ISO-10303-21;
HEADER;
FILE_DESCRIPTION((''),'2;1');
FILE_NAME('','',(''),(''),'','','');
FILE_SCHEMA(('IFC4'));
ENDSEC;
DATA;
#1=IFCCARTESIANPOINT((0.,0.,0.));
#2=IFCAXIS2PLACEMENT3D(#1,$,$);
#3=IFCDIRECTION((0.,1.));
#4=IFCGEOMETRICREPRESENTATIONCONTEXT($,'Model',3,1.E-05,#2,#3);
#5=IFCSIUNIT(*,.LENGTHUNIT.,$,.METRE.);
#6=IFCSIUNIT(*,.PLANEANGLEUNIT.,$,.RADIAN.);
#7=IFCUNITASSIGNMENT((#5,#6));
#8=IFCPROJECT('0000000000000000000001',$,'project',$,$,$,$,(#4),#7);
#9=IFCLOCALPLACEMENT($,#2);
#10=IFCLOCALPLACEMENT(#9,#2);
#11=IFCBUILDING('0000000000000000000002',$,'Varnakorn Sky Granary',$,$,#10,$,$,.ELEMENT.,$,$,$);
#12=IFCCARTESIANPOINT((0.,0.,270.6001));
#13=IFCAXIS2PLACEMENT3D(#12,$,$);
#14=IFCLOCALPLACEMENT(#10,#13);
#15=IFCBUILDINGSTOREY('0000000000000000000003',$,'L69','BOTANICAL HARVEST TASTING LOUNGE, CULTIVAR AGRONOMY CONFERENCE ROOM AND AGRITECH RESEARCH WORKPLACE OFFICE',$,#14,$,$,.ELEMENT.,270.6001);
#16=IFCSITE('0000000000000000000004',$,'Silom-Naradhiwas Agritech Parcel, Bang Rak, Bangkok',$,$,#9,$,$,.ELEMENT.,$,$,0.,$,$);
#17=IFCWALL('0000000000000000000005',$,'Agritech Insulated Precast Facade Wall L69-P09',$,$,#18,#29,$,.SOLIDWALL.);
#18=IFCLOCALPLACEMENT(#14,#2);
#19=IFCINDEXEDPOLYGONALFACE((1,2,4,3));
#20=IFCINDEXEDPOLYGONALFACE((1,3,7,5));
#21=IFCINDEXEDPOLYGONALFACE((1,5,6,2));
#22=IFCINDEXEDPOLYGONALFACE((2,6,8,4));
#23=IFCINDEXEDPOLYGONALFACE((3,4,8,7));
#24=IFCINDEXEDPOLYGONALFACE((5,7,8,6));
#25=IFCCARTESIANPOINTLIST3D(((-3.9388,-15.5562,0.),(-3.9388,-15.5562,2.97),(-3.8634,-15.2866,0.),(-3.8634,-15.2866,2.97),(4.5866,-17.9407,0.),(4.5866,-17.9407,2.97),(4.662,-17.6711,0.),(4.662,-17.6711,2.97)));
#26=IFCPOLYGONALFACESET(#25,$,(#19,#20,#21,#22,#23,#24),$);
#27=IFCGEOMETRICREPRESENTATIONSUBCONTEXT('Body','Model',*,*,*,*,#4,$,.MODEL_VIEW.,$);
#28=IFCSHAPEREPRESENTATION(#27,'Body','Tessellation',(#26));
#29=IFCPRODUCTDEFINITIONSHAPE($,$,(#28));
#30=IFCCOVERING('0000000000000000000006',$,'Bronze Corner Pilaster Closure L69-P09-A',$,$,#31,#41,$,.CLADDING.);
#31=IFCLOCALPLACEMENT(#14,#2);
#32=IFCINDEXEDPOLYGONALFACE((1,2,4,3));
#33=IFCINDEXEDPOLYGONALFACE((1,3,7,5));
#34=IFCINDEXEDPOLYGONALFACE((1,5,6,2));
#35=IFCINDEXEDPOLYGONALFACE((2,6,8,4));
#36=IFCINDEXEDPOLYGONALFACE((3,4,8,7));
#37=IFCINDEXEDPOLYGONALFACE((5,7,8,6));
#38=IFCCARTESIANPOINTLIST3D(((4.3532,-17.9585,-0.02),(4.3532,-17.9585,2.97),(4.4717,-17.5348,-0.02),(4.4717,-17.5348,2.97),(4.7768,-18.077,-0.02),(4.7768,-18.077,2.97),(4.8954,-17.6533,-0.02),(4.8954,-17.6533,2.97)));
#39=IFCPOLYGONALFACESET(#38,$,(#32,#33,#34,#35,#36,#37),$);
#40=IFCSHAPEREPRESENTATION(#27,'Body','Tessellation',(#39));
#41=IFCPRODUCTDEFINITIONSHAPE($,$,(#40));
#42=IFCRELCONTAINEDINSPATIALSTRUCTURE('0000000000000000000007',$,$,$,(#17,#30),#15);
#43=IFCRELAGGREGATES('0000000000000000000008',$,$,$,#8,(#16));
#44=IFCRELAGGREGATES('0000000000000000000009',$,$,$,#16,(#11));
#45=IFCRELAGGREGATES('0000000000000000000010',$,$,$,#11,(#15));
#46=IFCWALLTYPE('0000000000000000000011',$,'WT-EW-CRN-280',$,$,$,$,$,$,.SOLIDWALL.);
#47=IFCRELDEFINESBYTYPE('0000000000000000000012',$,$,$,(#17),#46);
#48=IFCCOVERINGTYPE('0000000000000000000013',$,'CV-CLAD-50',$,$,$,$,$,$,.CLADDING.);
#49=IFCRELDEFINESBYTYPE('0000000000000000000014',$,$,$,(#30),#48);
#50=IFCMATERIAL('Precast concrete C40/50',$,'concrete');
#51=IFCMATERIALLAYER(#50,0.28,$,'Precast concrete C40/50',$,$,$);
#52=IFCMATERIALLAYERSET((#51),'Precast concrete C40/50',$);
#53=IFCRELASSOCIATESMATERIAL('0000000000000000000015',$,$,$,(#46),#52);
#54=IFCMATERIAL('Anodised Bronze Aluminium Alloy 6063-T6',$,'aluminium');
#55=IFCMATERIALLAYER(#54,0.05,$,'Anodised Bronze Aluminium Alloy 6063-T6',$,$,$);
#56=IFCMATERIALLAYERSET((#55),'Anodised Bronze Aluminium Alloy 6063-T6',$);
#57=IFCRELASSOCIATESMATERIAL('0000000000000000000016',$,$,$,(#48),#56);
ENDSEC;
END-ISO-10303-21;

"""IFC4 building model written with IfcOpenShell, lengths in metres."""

from ifc_helpers import new_model, si_unit, direction, frame, frame_2d, origin, origin_2d, place, context, subcontext, project, spatial, rectangle, extrude, source, transform, mapped, material, layer, layer_set, type_object, type_shapes, element, save


model = new_model("IFC4")

# Units and contexts
model_context = context("Model", 3, precision=1e-05, world=origin(), true_north=direction((0.0, 1.0)))
body_context = subcontext(model_context, "Body", "Model", "MODEL_VIEW")
ifc_project = project(units=[si_unit("LENGTHUNIT", "METRE"), si_unit("PLANEANGLEUNIT", "RADIAN")], contexts=[model_context])

# Site, building, storey
site_placement = place(None, origin())
site = spatial("IfcSite", under=ifc_project, at=site_placement, Name="Silom-Naradhiwas Agritech Parcel, Bang Rak, Bangkok", CompositionType="ELEMENT", RefElevation=0.0)
building_placement = place(site_placement, origin())
building = spatial("IfcBuilding", under=site, at=building_placement, Name="Varnakorn Sky Granary", CompositionType="ELEMENT")
storey_placement = place(building_placement, frame((0.0, 0.0, 270.6001)))
storey = spatial("IfcBuildingStorey", under=building, at=storey_placement, Name="L69", Description="BOTANICAL HARVEST TASTING LOUNGE, CULTIVAR AGRONOMY CONFERENCE ROOM AND AGRITECH RESEARCH WORKPLACE OFFICE", CompositionType="ELEMENT", Elevation=270.6001)

# Shared definitions
ifc_material_1 = material(Name="Anodised Bronze Aluminium Alloy 6063-T6", Category="aluminium")

# Wall
ifc_material_2 = material(Name="Precast concrete C40/50", Category="concrete")
ifc_layer_1 = layer(ifc_material_2, 0.28, Name="Precast concrete C40/50")
ifc_layer_set_1 = layer_set([ifc_layer_1], Name="Precast concrete C40/50")
wall_type = type_object("IfcWallType", Name="WT-EW-CRN-280", PredefinedType="SOLIDWALL", material=ifc_layer_set_1)
wall_placement = place(storey_placement, frame((4.6243, -17.8059, 0.0), z_axis=(0.0, 0.0, 1.0), x_axis=(-0.96304, 0.269359, 0.0)))
element("IfcWall", 1, at=wall_placement, inside=storey, type_object=wall_type, Name="Agritech Insulated Precast Facade Wall L69-P09", PredefinedType="SOLIDWALL", context=body_context, shape_type="SweptSolid", body=[
    extrude(rectangle(XDim=8.8525, YDim=0.28, at=frame_2d((4.4263, 0.0))), origin(), (0.0, 0.0, 1.0), 2.97),
])

# Covering
ifc_layer_2 = layer(ifc_material_1, 0.05, Name="Anodised Bronze Aluminium Alloy 6063-T6")
ifc_layer_set_2 = layer_set([ifc_layer_2], Name="Anodised Bronze Aluminium Alloy 6063-T6")
covering_type = type_object("IfcCoveringType", Name="CV-CLAD-50", PredefinedType="CLADDING", material=ifc_layer_set_2)
shared_shape_1 = source(origin(), body_context, "Body", "SweptSolid", [
    extrude(rectangle(XDim=0.4399, YDim=0.4399, at=origin_2d()), origin(), (0.0, 0.0, 1.0), 2.99),
])
type_shapes(covering_type, [shared_shape_1])
covering_placement = place(storey_placement, frame((4.6243, -17.8059, -0.02), z_axis=(0.0, 0.0, 1.0), x_axis=(-0.963022, 0.269424, 0.0)))
element("IfcCovering", 2, at=covering_placement, inside=storey, type_object=covering_type, Name="Bronze Corner Pilaster Closure L69-P09-A", PredefinedType="CLADDING", context=body_context, shape_type="MappedRepresentation", body=[
    mapped(shared_shape_1, transform((0.0, 0.0, 0.0), x_axis=(1.0, 0.0, 0.0), y_axis=(0.0, 1.0, 0.0), z_axis=(0.0, 0.0, 1.0), scale=1.0)),
])

save(model, "model.ifc")
